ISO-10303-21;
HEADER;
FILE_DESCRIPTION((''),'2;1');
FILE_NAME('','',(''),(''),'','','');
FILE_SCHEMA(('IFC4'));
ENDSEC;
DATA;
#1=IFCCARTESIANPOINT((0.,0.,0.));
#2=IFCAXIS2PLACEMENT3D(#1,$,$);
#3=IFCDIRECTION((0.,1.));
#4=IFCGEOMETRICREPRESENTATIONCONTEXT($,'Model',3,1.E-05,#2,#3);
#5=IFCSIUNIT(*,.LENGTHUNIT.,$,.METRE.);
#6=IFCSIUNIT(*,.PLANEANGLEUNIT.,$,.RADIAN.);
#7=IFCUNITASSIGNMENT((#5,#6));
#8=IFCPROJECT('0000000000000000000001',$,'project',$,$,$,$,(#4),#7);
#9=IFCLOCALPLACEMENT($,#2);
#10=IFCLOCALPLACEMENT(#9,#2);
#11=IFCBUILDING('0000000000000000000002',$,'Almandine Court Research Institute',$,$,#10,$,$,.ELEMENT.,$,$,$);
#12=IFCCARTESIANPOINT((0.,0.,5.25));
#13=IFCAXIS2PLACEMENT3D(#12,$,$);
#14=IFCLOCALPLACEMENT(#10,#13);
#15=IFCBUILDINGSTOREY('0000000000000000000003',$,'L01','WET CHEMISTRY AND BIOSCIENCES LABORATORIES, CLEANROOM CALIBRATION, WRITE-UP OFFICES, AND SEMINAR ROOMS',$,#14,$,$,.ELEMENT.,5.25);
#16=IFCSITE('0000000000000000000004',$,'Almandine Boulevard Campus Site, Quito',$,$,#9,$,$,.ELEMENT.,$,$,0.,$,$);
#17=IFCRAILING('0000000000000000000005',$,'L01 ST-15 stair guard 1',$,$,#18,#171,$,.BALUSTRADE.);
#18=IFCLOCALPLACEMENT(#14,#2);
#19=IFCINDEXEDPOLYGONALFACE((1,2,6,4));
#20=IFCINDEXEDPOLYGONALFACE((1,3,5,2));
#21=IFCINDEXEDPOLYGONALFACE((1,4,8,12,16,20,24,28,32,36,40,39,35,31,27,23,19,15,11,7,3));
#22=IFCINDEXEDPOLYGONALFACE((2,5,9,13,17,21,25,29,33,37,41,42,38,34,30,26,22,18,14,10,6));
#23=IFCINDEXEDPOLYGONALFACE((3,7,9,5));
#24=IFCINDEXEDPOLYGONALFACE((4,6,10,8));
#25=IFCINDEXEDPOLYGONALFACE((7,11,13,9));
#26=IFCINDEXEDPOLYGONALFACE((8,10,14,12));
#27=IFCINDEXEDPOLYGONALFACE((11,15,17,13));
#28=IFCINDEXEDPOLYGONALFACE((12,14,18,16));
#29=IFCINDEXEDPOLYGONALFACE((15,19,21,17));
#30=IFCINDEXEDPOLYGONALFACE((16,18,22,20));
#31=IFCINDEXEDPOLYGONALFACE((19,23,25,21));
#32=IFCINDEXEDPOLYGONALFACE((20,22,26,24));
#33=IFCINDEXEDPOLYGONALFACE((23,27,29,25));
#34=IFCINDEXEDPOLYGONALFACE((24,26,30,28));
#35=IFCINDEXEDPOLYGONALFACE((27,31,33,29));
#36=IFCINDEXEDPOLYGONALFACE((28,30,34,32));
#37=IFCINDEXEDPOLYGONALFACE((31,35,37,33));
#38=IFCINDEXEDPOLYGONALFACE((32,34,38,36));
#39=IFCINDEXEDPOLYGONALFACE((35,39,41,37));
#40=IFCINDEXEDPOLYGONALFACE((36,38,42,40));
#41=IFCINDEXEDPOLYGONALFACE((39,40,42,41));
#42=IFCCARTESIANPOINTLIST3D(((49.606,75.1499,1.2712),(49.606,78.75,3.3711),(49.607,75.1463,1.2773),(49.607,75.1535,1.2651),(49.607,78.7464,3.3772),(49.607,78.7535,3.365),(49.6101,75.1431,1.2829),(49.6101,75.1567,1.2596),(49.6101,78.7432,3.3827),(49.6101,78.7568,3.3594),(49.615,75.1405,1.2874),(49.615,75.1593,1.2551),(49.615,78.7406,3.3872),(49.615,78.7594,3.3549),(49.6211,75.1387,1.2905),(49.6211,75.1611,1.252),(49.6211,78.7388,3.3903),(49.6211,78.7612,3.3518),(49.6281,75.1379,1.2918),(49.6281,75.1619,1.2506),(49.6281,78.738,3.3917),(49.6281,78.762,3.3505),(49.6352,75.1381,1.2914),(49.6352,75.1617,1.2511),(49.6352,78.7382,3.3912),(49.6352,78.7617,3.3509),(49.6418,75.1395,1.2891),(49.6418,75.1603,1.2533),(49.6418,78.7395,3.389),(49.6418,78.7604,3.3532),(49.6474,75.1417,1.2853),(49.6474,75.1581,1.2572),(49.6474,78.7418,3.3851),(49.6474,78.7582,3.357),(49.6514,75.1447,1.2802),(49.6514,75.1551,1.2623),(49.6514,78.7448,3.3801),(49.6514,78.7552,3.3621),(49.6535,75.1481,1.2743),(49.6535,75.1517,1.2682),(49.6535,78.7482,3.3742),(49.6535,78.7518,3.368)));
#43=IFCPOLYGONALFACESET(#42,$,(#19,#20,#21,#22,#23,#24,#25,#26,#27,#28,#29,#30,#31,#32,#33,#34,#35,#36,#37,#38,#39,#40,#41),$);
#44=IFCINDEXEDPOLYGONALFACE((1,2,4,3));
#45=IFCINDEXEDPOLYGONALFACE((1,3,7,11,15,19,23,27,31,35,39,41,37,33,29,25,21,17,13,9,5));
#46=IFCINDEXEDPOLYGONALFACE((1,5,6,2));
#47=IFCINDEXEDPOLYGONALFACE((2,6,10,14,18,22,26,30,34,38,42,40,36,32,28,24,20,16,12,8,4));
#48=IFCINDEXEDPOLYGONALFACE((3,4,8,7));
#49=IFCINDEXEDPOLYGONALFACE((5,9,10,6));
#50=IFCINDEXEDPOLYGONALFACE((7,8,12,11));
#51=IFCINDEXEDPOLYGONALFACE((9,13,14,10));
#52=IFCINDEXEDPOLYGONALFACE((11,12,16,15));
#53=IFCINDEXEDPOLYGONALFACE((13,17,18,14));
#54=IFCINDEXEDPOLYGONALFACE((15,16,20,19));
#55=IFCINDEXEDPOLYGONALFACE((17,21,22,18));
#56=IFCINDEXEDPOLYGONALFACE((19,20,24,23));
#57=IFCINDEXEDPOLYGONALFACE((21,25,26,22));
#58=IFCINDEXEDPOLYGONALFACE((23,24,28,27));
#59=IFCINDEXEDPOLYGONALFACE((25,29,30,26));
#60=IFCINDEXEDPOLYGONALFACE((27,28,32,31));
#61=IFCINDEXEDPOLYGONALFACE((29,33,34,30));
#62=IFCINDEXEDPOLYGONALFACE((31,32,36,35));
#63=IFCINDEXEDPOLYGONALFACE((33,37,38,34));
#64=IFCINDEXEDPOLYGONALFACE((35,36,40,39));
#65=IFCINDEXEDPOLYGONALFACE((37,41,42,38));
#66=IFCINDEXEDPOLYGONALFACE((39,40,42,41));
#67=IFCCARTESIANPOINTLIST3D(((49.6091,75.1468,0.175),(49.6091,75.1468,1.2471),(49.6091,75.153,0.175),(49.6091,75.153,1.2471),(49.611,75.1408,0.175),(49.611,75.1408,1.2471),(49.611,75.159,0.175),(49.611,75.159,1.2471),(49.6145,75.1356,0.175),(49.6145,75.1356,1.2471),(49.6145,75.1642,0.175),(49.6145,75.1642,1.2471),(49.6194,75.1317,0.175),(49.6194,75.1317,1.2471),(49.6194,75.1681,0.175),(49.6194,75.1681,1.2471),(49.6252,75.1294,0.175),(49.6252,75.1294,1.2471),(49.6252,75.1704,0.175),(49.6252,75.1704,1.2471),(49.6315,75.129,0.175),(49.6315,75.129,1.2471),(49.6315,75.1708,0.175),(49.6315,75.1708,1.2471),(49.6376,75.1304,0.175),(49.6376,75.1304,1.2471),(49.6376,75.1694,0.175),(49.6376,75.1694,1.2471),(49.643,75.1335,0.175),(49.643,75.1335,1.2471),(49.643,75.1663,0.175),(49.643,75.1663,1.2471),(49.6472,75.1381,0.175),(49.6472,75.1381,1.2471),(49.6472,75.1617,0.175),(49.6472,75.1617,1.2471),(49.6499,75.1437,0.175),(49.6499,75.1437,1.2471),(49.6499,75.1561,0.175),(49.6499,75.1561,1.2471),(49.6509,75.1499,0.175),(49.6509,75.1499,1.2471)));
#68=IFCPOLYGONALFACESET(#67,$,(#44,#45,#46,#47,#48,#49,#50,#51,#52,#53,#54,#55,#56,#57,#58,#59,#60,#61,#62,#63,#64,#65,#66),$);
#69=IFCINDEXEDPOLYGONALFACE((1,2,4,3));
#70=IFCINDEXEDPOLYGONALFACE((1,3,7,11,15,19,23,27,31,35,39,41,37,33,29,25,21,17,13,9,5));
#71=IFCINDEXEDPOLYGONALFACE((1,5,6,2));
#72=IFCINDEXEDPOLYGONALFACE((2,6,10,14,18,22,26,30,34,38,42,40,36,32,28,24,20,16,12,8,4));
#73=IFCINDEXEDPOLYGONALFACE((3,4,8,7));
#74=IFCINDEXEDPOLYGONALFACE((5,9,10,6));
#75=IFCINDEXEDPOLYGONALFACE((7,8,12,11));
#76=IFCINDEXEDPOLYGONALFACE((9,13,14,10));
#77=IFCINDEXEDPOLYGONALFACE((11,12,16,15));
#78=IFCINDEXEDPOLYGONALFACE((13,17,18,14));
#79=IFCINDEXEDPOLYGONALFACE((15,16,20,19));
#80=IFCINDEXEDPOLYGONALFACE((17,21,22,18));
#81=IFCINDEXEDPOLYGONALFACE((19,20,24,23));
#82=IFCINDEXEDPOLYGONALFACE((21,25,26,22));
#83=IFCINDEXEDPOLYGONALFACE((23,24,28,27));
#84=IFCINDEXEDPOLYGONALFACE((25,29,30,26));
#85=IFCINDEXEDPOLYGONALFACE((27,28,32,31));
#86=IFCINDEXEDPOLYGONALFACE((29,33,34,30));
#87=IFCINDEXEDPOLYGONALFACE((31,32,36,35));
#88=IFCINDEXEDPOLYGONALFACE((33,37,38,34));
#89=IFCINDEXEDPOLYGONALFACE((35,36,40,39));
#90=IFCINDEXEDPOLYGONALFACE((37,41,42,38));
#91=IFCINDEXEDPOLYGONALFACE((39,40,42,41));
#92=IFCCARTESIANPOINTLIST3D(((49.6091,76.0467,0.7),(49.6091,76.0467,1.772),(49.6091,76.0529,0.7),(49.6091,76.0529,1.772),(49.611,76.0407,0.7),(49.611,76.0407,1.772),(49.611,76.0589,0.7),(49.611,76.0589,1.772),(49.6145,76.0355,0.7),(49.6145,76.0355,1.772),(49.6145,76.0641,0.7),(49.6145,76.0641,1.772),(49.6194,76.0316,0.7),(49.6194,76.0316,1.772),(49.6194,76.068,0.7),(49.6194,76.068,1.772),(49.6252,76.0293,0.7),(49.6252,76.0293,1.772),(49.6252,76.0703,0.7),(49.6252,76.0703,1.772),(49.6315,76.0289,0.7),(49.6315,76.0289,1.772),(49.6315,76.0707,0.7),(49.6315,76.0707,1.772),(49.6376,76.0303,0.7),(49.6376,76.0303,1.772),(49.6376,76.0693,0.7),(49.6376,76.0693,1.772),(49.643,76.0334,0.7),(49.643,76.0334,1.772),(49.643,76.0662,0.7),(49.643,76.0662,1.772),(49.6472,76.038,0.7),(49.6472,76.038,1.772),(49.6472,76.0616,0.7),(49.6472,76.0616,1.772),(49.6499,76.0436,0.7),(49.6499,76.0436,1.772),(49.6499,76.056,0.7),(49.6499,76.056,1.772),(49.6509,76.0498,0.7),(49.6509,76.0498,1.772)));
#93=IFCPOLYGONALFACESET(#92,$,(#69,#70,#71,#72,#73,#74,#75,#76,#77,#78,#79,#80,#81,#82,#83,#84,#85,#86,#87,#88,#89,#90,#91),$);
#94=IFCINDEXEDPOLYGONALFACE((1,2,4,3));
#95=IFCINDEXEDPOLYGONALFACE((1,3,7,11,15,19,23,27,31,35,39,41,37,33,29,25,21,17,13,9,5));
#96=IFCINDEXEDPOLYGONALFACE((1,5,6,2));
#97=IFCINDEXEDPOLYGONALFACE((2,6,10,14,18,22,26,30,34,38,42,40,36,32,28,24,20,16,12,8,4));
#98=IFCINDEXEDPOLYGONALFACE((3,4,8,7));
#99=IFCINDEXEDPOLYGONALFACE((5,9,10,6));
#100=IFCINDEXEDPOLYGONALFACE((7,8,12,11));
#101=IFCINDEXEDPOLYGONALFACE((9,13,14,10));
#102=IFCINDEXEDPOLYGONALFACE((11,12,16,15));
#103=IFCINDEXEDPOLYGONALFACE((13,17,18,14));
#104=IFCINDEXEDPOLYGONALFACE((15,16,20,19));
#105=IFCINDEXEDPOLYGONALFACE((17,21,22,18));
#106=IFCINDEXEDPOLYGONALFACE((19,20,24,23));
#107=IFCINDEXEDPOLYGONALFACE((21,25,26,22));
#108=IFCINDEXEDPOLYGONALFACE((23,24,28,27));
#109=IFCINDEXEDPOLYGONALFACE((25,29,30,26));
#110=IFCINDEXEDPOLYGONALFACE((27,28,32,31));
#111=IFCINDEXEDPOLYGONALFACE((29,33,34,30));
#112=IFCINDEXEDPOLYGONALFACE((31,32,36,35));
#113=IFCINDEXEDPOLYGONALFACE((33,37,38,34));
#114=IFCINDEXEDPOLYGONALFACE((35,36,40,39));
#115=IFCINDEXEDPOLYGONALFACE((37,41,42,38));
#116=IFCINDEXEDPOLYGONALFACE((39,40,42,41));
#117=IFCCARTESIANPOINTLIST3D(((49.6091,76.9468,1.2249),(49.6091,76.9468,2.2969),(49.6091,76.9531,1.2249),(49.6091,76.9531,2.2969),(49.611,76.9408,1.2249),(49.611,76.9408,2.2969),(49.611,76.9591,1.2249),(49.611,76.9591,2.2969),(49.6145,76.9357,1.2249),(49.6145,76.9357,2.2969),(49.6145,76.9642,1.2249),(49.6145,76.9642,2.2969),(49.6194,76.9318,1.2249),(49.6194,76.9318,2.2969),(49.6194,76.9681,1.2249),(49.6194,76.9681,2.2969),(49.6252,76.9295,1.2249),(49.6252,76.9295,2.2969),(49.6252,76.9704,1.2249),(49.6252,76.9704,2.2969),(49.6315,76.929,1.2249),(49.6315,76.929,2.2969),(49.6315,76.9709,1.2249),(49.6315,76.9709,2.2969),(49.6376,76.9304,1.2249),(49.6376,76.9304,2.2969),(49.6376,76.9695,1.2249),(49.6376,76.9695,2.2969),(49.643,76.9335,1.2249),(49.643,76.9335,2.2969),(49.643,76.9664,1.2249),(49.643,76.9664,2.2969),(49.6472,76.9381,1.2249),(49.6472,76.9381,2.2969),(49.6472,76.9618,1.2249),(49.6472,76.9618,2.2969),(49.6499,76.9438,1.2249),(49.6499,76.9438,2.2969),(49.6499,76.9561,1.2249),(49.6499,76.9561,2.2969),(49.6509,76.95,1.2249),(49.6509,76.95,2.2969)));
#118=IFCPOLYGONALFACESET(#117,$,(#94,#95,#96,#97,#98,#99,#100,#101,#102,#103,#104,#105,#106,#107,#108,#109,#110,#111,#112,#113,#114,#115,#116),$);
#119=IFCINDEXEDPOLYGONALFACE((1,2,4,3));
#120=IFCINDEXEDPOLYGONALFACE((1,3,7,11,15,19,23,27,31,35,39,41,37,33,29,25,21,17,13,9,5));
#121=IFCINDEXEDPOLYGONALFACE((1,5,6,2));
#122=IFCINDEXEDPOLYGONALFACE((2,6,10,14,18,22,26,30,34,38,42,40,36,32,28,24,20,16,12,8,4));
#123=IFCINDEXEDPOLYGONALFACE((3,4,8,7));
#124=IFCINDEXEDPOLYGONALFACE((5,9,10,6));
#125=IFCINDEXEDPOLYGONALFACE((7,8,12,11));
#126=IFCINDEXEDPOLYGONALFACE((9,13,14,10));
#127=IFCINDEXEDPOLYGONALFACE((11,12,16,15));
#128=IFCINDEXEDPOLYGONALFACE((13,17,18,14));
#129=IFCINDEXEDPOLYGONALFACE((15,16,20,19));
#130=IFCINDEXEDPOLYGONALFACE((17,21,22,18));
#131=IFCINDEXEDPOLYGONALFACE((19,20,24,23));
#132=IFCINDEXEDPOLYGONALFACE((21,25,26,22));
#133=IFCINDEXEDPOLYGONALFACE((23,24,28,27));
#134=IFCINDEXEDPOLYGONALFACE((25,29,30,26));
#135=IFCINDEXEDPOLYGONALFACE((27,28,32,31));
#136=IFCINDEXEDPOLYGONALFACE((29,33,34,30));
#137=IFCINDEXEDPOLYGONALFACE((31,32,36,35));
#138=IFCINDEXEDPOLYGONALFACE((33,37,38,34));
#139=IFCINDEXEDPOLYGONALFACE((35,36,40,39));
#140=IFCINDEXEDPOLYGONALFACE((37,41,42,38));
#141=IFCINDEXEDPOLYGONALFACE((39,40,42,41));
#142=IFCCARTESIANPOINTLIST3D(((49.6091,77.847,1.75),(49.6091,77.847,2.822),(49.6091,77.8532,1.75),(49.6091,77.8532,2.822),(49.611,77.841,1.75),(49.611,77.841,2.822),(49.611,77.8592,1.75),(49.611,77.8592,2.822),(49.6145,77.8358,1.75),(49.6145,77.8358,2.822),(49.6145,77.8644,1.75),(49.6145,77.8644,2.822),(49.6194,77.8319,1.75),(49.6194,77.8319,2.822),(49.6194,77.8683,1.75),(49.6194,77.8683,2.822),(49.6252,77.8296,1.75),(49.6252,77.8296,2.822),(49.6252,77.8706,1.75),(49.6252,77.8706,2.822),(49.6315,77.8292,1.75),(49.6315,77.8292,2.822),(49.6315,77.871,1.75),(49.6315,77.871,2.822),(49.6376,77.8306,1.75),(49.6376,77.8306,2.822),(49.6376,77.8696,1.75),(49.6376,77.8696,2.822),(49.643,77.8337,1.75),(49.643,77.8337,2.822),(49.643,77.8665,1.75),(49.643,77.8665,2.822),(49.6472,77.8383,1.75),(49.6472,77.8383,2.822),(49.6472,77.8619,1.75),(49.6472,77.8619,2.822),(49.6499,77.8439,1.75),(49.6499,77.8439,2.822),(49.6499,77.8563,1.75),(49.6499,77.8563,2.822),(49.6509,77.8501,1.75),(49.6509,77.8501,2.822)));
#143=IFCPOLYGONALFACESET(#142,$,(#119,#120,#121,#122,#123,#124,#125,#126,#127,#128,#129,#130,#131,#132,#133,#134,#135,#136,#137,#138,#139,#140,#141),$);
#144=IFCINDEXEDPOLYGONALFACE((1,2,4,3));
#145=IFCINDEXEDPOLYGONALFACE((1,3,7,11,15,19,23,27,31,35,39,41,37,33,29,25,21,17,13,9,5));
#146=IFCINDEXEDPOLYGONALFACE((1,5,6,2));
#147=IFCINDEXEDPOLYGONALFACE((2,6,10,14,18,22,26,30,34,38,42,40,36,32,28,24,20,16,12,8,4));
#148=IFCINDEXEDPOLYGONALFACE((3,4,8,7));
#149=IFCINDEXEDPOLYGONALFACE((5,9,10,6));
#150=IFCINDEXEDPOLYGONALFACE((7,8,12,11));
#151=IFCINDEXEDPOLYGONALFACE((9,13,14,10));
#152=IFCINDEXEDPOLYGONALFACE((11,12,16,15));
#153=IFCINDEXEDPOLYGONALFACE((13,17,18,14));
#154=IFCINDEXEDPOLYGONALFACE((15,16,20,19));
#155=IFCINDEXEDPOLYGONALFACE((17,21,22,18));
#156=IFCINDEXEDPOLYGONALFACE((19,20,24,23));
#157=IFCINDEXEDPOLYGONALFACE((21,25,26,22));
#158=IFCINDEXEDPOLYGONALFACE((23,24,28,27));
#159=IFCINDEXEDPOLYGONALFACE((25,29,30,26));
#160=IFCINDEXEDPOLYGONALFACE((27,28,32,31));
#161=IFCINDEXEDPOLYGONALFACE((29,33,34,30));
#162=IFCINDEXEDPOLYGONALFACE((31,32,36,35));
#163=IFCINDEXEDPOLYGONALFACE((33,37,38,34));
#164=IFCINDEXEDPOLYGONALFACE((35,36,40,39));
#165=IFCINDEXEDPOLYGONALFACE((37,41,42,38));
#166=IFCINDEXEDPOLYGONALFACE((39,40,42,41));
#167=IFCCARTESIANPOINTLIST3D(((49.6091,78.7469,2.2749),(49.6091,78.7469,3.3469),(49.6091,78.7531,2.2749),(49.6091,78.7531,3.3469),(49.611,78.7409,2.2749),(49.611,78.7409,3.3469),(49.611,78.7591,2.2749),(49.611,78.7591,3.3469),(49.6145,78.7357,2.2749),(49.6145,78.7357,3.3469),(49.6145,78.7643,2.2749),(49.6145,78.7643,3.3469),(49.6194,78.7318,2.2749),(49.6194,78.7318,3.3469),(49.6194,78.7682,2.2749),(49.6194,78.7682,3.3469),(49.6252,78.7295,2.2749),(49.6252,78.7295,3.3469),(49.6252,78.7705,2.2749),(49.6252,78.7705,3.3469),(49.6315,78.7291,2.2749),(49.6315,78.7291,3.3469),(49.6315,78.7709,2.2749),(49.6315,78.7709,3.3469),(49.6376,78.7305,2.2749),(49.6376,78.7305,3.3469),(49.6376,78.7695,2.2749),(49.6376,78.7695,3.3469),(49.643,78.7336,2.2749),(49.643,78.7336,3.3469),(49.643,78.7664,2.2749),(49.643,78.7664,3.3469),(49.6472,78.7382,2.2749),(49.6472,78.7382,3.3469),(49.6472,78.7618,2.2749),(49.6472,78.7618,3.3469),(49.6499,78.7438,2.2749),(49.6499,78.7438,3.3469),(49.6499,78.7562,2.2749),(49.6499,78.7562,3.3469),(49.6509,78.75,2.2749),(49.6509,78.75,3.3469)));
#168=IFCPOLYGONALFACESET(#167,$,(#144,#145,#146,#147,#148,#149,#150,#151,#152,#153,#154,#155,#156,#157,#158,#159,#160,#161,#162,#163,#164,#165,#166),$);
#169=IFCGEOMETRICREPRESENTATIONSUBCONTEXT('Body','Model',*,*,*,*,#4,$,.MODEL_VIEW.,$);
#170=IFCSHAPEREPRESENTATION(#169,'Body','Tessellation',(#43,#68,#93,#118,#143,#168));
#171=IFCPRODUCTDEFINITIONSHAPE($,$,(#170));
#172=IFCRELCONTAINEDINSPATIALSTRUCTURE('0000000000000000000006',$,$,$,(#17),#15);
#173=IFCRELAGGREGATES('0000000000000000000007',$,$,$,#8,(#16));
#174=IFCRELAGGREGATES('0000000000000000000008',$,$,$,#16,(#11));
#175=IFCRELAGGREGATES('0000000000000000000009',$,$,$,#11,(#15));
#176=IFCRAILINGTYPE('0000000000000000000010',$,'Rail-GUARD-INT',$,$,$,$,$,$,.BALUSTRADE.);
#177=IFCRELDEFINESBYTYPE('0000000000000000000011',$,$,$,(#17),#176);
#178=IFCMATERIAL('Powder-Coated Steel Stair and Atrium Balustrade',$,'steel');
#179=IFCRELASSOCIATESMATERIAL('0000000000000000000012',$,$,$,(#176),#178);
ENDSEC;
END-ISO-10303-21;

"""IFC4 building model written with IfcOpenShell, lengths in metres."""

from ifc_helpers import new_model, si_unit, direction, frame, origin, origin_2d, place, context, subcontext, project, spatial, circle, extrude, material, type_object, element, save


model = new_model("IFC4")

# Units and contexts
model_context = context("Model", 3, precision=1e-05, world=origin(), true_north=direction((0.0, 1.0)))
body_context = subcontext(model_context, "Body", "Model", "MODEL_VIEW")
ifc_project = project(units=[si_unit("LENGTHUNIT", "METRE"), si_unit("PLANEANGLEUNIT", "RADIAN")], contexts=[model_context])

# Site, building, storey
site_placement = place(None, origin())
site = spatial("IfcSite", under=ifc_project, at=site_placement, Name="Almandine Boulevard Campus Site, Quito", CompositionType="ELEMENT", RefElevation=0.0)
building_placement = place(site_placement, origin())
building = spatial("IfcBuilding", under=site, at=building_placement, Name="Almandine Court Research Institute", CompositionType="ELEMENT")
storey_placement = place(building_placement, frame((0.0, 0.0, 5.25)))
storey = spatial("IfcBuildingStorey", under=building, at=storey_placement, Name="L01", Description="WET CHEMISTRY AND BIOSCIENCES LABORATORIES, CLEANROOM CALIBRATION, WRITE-UP OFFICES, AND SEMINAR ROOMS", CompositionType="ELEMENT", Elevation=5.25)

# Railing
ifc_material_1 = material(Name="Powder-Coated Steel Stair and Atrium Balustrade", Category="steel")
railing_type_1 = type_object("IfcRailingType", Name="Rail-GUARD-INT", PredefinedType="BALUSTRADE", material=ifc_material_1)
railing_1_placement = place(storey_placement, frame((49.6299, 75.1499, 0.175)))
element("IfcRailing", 1, at=railing_1_placement, inside=storey, type_object=railing_type_1, Name="L01 ST-15 stair guard 1", PredefinedType="BALUSTRADE", context=body_context, shape_type="SweptSolid", body=[
    extrude(circle(Radius=0.0239, at=origin_2d()), frame((0.0, 0.0, 1.0962), z_axis=(0.0, 0.8638, 0.503835), x_axis=(-1.0, 0.0, 0.0)), (0.0, 0.0, 1.0), 4.1677),
    extrude(circle(Radius=0.021, at=origin_2d()), origin(), (0.0, 0.0, 1.0), 1.072),
    extrude(circle(Radius=0.021, at=origin_2d()), frame((0.0, 0.8999, 0.5249)), (0.0, 0.0, 1.0), 1.072),
    extrude(circle(Radius=0.021, at=origin_2d()), frame((0.0, 1.8, 1.0498)), (0.0, 0.0, 1.0), 1.072),
    extrude(circle(Radius=0.021, at=origin_2d()), frame((0.0, 2.7002, 1.575)), (0.0, 0.0, 1.0), 1.072),
    extrude(circle(Radius=0.021, at=origin_2d()), frame((0.0, 3.6001, 2.0999)), (0.0, 0.0, 1.0), 1.072),
])

save(model, "model.ifc")
